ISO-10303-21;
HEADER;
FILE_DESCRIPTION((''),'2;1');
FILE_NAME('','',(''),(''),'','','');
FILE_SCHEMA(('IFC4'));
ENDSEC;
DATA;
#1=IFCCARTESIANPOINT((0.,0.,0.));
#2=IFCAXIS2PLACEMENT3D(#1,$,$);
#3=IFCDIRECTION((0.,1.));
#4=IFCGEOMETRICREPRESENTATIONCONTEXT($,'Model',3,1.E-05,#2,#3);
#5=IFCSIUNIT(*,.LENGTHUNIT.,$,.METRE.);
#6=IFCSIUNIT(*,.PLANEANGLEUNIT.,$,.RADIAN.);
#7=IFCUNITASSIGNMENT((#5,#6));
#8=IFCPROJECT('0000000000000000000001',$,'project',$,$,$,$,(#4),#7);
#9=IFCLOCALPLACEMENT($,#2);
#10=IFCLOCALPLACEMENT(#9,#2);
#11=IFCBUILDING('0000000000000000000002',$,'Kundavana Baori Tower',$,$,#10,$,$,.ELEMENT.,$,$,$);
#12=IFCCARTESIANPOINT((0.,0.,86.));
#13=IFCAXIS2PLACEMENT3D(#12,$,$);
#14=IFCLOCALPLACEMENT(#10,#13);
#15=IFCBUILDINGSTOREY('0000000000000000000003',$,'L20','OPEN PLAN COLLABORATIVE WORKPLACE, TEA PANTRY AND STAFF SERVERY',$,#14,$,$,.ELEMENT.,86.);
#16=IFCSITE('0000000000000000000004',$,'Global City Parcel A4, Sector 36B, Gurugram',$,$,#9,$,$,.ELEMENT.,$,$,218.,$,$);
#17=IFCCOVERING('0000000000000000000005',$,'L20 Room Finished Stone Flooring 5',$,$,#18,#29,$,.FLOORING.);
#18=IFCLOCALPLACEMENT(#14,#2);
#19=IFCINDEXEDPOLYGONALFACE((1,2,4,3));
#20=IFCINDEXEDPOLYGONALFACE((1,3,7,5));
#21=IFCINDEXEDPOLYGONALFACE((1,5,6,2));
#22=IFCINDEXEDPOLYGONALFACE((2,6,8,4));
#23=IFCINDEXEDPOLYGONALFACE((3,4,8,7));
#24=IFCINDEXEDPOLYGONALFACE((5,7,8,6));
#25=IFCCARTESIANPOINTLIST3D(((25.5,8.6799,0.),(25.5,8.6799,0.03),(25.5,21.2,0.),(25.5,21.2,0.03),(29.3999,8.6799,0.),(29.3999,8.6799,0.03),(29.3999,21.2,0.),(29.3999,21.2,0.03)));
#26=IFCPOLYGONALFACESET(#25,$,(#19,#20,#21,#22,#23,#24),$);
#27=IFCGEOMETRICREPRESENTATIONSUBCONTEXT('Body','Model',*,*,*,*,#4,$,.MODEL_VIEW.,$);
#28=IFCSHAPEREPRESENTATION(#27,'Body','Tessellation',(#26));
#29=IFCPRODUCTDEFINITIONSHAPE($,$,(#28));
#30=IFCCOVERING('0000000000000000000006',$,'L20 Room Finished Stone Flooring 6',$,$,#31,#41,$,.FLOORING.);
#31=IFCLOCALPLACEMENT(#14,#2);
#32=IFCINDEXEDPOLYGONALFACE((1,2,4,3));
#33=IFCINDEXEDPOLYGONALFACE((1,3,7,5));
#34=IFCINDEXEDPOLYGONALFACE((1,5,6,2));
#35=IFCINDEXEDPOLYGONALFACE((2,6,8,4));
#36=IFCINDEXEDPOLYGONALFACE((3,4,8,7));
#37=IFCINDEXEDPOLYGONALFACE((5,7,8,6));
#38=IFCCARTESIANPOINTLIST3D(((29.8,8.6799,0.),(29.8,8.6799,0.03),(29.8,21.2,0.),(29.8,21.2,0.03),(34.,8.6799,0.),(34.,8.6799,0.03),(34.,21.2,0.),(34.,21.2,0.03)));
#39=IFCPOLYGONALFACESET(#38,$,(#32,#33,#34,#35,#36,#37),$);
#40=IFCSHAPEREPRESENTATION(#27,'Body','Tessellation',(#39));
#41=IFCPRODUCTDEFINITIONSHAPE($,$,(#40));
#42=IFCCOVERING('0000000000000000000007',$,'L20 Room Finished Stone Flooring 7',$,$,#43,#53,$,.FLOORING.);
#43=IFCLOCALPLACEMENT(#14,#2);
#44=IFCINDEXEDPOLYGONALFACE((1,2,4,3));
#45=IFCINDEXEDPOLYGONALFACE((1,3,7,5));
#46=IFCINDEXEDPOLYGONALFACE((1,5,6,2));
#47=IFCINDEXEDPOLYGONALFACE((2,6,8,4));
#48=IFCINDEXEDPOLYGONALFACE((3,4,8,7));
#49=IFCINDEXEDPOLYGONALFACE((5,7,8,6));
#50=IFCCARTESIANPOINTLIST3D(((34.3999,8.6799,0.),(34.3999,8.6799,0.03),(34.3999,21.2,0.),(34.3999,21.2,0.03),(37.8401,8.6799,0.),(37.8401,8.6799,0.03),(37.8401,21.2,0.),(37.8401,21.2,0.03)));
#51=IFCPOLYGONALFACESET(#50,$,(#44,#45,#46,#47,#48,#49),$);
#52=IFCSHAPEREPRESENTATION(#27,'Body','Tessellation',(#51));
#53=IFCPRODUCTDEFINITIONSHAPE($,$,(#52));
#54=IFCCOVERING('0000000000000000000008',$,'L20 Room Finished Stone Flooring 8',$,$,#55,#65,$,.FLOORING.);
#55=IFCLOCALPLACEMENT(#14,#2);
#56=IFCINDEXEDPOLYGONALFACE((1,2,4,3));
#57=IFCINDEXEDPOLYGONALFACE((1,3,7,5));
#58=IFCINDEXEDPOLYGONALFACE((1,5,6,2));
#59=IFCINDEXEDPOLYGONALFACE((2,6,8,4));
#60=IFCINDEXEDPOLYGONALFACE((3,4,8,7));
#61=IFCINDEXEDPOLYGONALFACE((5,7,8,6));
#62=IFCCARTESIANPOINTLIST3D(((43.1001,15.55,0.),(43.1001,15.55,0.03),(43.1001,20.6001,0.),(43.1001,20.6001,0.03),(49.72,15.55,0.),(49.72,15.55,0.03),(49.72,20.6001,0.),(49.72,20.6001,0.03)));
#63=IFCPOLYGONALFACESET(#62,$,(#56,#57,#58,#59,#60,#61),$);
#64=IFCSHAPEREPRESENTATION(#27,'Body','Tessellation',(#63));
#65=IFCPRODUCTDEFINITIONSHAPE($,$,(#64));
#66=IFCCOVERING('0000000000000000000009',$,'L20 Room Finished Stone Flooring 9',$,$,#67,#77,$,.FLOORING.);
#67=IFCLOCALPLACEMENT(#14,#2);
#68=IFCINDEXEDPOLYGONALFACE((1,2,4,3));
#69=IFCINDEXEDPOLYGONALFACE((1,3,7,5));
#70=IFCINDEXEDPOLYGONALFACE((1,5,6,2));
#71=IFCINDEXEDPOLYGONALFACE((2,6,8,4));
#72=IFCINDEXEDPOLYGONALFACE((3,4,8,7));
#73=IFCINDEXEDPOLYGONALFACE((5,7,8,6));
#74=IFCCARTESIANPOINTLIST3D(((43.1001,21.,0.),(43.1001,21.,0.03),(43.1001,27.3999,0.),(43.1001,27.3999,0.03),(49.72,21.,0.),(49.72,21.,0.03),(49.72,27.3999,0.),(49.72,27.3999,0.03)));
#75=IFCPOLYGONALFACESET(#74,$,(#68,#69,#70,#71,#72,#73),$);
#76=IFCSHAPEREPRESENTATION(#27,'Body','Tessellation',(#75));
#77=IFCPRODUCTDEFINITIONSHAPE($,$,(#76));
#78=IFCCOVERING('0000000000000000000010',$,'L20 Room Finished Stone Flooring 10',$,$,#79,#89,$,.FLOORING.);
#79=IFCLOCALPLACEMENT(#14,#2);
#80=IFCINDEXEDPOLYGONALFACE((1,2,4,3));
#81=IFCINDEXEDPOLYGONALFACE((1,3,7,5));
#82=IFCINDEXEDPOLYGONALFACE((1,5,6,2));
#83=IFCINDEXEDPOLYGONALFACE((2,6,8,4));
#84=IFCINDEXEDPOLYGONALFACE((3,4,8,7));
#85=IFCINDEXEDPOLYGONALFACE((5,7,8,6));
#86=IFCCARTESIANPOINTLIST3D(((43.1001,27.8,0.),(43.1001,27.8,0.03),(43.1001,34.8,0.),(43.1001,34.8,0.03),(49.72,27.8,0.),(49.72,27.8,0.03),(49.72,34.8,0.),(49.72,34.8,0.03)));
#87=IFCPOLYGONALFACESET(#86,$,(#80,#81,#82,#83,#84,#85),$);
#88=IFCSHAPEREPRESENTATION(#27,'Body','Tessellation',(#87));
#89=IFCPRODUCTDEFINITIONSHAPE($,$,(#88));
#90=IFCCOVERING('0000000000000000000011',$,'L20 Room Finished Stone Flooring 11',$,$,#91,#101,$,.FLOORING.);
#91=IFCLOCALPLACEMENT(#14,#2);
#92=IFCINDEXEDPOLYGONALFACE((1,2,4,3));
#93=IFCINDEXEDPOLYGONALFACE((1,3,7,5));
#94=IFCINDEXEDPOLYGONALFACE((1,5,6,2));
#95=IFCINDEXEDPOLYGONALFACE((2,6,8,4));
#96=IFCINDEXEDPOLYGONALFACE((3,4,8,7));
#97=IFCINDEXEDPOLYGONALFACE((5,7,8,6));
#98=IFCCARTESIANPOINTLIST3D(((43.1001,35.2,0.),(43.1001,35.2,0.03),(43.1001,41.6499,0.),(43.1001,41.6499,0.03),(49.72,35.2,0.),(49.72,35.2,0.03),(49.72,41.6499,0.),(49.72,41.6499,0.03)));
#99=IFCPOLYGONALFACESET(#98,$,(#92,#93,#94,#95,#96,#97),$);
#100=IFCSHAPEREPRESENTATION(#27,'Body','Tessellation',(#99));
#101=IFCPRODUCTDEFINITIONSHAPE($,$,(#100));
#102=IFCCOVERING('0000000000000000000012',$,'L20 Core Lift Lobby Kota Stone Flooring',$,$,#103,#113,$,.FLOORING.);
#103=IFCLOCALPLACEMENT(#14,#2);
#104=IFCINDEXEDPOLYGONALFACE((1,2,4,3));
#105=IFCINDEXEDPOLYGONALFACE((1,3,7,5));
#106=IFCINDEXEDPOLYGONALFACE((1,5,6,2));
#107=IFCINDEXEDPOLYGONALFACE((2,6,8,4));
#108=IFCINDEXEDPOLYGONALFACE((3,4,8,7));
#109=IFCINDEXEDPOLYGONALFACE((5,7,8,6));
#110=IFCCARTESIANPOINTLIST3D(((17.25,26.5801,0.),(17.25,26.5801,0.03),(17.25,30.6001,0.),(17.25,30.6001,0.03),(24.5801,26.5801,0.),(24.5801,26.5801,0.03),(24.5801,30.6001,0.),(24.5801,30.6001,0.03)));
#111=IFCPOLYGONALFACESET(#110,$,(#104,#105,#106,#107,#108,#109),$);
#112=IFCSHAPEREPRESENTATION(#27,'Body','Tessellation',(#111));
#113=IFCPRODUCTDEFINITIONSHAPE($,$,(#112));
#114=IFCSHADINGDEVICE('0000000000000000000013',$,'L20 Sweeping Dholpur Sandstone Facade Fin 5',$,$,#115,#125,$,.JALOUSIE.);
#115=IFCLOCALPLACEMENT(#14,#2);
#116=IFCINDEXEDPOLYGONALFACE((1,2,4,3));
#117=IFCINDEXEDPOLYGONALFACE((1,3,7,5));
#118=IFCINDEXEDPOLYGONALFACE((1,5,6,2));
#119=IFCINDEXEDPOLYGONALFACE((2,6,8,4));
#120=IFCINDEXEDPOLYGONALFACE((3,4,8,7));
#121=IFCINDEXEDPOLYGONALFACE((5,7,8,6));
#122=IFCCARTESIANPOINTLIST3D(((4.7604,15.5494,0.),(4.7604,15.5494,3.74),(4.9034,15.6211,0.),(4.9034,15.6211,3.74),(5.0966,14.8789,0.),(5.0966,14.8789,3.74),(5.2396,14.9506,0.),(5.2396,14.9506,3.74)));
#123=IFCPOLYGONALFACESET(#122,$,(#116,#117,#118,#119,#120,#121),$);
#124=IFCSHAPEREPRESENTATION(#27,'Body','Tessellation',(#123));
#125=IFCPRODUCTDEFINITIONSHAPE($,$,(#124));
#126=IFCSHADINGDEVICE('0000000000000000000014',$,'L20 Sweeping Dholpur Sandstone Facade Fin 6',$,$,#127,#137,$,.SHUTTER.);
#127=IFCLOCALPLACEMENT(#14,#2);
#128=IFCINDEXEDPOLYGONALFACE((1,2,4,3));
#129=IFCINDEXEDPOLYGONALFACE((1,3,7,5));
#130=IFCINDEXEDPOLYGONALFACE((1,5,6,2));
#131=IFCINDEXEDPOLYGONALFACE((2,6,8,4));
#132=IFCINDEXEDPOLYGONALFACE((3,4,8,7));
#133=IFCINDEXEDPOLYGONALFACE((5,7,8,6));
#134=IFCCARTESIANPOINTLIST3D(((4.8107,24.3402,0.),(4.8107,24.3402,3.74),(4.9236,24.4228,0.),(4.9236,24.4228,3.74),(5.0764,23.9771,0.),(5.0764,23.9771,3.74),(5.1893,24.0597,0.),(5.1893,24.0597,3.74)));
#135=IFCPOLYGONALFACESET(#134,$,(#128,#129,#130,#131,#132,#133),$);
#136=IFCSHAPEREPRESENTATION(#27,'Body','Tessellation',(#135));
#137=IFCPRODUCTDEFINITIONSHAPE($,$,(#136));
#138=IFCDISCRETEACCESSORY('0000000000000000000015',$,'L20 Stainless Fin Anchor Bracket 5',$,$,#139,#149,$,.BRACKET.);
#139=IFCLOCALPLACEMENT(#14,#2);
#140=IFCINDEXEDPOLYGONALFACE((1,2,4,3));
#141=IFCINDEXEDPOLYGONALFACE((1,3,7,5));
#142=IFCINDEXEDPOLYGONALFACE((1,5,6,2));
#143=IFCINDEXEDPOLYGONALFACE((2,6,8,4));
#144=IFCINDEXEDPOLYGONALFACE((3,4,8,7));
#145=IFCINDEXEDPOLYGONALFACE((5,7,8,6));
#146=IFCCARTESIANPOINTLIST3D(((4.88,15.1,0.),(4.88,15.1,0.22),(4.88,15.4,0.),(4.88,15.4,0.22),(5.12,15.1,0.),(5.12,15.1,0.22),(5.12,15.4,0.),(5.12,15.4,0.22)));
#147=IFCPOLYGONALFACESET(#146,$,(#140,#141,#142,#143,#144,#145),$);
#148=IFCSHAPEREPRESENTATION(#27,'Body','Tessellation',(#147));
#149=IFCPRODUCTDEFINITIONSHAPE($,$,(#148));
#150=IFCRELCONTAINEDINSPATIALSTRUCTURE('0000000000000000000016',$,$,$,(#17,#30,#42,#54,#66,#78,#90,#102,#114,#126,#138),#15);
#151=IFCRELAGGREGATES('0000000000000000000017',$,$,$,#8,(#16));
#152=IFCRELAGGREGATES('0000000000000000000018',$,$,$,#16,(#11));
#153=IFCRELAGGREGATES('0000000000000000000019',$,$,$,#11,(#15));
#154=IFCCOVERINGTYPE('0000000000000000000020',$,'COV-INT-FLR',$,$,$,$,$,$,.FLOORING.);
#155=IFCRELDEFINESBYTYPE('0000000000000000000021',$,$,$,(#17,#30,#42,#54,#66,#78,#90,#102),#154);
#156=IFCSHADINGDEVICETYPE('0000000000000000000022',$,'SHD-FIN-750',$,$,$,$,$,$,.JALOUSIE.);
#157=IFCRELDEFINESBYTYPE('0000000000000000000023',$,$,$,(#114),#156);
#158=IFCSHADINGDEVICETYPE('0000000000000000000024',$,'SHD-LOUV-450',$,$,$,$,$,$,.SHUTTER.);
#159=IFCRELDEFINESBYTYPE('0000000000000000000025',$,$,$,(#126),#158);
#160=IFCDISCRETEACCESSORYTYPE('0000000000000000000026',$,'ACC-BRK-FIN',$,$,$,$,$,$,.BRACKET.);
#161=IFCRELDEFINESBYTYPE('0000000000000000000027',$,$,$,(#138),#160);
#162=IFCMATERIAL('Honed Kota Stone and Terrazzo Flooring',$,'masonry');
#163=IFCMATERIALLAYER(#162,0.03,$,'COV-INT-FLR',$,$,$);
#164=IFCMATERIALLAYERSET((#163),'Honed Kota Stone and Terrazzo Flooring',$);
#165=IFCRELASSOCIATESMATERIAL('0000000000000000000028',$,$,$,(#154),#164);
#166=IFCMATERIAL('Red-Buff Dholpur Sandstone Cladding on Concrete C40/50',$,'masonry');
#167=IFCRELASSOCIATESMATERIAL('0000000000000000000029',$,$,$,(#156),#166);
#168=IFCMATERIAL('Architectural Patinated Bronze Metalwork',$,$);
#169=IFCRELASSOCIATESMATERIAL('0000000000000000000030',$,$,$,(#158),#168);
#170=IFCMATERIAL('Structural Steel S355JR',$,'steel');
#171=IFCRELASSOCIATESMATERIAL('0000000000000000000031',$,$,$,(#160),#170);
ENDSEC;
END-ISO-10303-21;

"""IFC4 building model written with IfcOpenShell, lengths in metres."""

from ifc_helpers import new_model, si_unit, direction, frame, origin, origin_2d, place, context, subcontext, project, spatial, polyline, rectangle, outline, extrude, material, layer, layer_set, type_object, element, save


model = new_model("IFC4")

# Units and contexts
model_context = context("Model", 3, precision=1e-05, world=origin(), true_north=direction((0.0, 1.0)))
body_context = subcontext(model_context, "Body", "Model", "MODEL_VIEW")
ifc_project = project(units=[si_unit("LENGTHUNIT", "METRE"), si_unit("PLANEANGLEUNIT", "RADIAN")], contexts=[model_context])

# Site, building, storey
site_placement = place(None, origin())
site = spatial("IfcSite", under=ifc_project, at=site_placement, Name="Global City Parcel A4, Sector 36B, Gurugram", CompositionType="ELEMENT", RefElevation=218.0)
building_placement = place(site_placement, origin())
building = spatial("IfcBuilding", under=site, at=building_placement, Name="Kundavana Baori Tower", CompositionType="ELEMENT")
storey_placement = place(building_placement, frame((0.0, 0.0, 86.0)))
storey = spatial("IfcBuildingStorey", under=building, at=storey_placement, Name="L20", Description="OPEN PLAN COLLABORATIVE WORKPLACE, TEA PANTRY AND STAFF SERVERY", CompositionType="ELEMENT", Elevation=86.0)

# Coverings
ifc_material_1 = material(Name="Honed Kota Stone and Terrazzo Flooring", Category="masonry")
ifc_layer_1 = layer(ifc_material_1, 0.03, Name="COV-INT-FLR")
ifc_layer_set_1 = layer_set([ifc_layer_1], Name="Honed Kota Stone and Terrazzo Flooring")
covering_type_1 = type_object("IfcCoveringType", Name="COV-INT-FLR", PredefinedType="FLOORING", material=ifc_layer_set_1)
covering_1_placement = place(storey_placement, origin())
element("IfcCovering", 1, at=covering_1_placement, inside=storey, type_object=covering_type_1, Name="L20 Room Finished Stone Flooring 5", PredefinedType="FLOORING", context=body_context, shape_type="SweptSolid", body=[
    extrude(outline(polyline([(25.5, 8.6799), (29.3999, 8.6799), (29.3999, 21.2), (25.5, 21.2), (25.5, 8.6799)])), origin(), (0.0, 0.0, 1.0), 0.03),
])
covering_2_placement = place(storey_placement, origin())
element("IfcCovering", 2, at=covering_2_placement, inside=storey, type_object=covering_type_1, Name="L20 Room Finished Stone Flooring 6", PredefinedType="FLOORING", context=body_context, shape_type="SweptSolid", body=[
    extrude(outline(polyline([(29.8, 8.6799), (34.0, 8.6799), (34.0, 21.2), (29.8, 21.2), (29.8, 8.6799)])), origin(), (0.0, 0.0, 1.0), 0.03),
])
covering_3_placement = place(storey_placement, origin())
element("IfcCovering", 3, at=covering_3_placement, inside=storey, type_object=covering_type_1, Name="L20 Room Finished Stone Flooring 7", PredefinedType="FLOORING", context=body_context, shape_type="SweptSolid", body=[
    extrude(outline(polyline([(34.3999, 8.6799), (37.8401, 8.6799), (37.8401, 21.2), (34.3999, 21.2), (34.3999, 8.6799)])), origin(), (0.0, 0.0, 1.0), 0.03),
])
covering_4_placement = place(storey_placement, origin())
element("IfcCovering", 4, at=covering_4_placement, inside=storey, type_object=covering_type_1, Name="L20 Room Finished Stone Flooring 8", PredefinedType="FLOORING", context=body_context, shape_type="SweptSolid", body=[
    extrude(outline(polyline([(43.1001, 15.55), (49.72, 15.55), (49.72, 20.6001), (43.1001, 20.6001), (43.1001, 15.55)])), origin(), (0.0, 0.0, 1.0), 0.03),
])
covering_5_placement = place(storey_placement, origin())
element("IfcCovering", 5, at=covering_5_placement, inside=storey, type_object=covering_type_1, Name="L20 Room Finished Stone Flooring 9", PredefinedType="FLOORING", context=body_context, shape_type="SweptSolid", body=[
    extrude(outline(polyline([(43.1001, 21.0), (49.72, 21.0), (49.72, 27.3999), (43.1001, 27.3999), (43.1001, 21.0)])), origin(), (0.0, 0.0, 1.0), 0.03),
])
covering_6_placement = place(storey_placement, origin())
element("IfcCovering", 6, at=covering_6_placement, inside=storey, type_object=covering_type_1, Name="L20 Room Finished Stone Flooring 10", PredefinedType="FLOORING", context=body_context, shape_type="SweptSolid", body=[
    extrude(outline(polyline([(43.1001, 27.8), (49.72, 27.8), (49.72, 34.8), (43.1001, 34.8), (43.1001, 27.8)])), origin(), (0.0, 0.0, 1.0), 0.03),
])
covering_7_placement = place(storey_placement, origin())
element("IfcCovering", 7, at=covering_7_placement, inside=storey, type_object=covering_type_1, Name="L20 Room Finished Stone Flooring 11", PredefinedType="FLOORING", context=body_context, shape_type="SweptSolid", body=[
    extrude(outline(polyline([(43.1001, 35.2), (49.72, 35.2), (49.72, 41.6499), (43.1001, 41.6499), (43.1001, 35.2)])), origin(), (0.0, 0.0, 1.0), 0.03),
])
covering_8_placement = place(storey_placement, origin())
element("IfcCovering", 8, at=covering_8_placement, inside=storey, type_object=covering_type_1, Name="L20 Core Lift Lobby Kota Stone Flooring", PredefinedType="FLOORING", context=body_context, shape_type="SweptSolid", body=[
    extrude(outline(polyline([(17.25, 26.5801), (24.5801, 26.5801), (24.5801, 30.6001), (17.25, 30.6001), (17.25, 26.5801)])), origin(), (0.0, 0.0, 1.0), 0.03),
])

# Shading devices
ifc_material_2 = material(Name="Red-Buff Dholpur Sandstone Cladding on Concrete C40/50", Category="masonry")
shading_device_type_1 = type_object("IfcShadingDeviceType", Name="SHD-FIN-750", PredefinedType="JALOUSIE", material=ifc_material_2)
shading_device_1_placement = place(storey_placement, frame((5.0, 15.25, 0.0), z_axis=(0.0, 0.0, 1.0), x_axis=(0.89392, 0.448227, 0.0)))
element("IfcShadingDevice", 9, at=shading_device_1_placement, inside=storey, type_object=shading_device_type_1, Name="L20 Sweeping Dholpur Sandstone Facade Fin 5", PredefinedType="JALOUSIE", context=body_context, shape_type="SweptSolid", body=[
    extrude(rectangle(XDim=0.1599, YDim=0.75, at=origin_2d()), origin(), (0.0, 0.0, 1.0), 3.74),
])
ifc_material_3 = material(Name="Architectural Patinated Bronze Metalwork")
shading_device_type_2 = type_object("IfcShadingDeviceType", Name="SHD-LOUV-450", PredefinedType="SHUTTER", material=ifc_material_3)
shading_device_2_placement = place(storey_placement, frame((5.0, 24.2, 0.0), z_axis=(0.0, 0.0, 1.0), x_axis=(0.80696, 0.590606, 0.0)))
element("IfcShadingDevice", 10, at=shading_device_2_placement, inside=storey, type_object=shading_device_type_2, Name="L20 Sweeping Dholpur Sandstone Facade Fin 6", PredefinedType="SHUTTER", context=body_context, shape_type="SweptSolid", body=[
    extrude(rectangle(XDim=0.1399, YDim=0.45, at=origin_2d()), origin(), (0.0, 0.0, 1.0), 3.74),
])

# Discrete accessory
ifc_material_4 = material(Name="Structural Steel S355JR", Category="steel")
discrete_accessory_type = type_object("IfcDiscreteAccessoryType", Name="ACC-BRK-FIN", PredefinedType="BRACKET", material=ifc_material_4)
discrete_accessory_placement = place(storey_placement, frame((5.0, 15.25, 0.0), z_axis=(0.0, 0.0, 1.0), x_axis=(1.0, 0.0, 0.0)))
element("IfcDiscreteAccessory", 11, at=discrete_accessory_placement, inside=storey, type_object=discrete_accessory_type, Name="L20 Stainless Fin Anchor Bracket 5", PredefinedType="BRACKET", context=body_context, shape_type="SweptSolid", body=[
    extrude(rectangle(XDim=0.24, YDim=0.3, at=origin_2d()), origin(), (0.0, 0.0, 1.0), 0.22),
])

save(model, "model.ifc")
